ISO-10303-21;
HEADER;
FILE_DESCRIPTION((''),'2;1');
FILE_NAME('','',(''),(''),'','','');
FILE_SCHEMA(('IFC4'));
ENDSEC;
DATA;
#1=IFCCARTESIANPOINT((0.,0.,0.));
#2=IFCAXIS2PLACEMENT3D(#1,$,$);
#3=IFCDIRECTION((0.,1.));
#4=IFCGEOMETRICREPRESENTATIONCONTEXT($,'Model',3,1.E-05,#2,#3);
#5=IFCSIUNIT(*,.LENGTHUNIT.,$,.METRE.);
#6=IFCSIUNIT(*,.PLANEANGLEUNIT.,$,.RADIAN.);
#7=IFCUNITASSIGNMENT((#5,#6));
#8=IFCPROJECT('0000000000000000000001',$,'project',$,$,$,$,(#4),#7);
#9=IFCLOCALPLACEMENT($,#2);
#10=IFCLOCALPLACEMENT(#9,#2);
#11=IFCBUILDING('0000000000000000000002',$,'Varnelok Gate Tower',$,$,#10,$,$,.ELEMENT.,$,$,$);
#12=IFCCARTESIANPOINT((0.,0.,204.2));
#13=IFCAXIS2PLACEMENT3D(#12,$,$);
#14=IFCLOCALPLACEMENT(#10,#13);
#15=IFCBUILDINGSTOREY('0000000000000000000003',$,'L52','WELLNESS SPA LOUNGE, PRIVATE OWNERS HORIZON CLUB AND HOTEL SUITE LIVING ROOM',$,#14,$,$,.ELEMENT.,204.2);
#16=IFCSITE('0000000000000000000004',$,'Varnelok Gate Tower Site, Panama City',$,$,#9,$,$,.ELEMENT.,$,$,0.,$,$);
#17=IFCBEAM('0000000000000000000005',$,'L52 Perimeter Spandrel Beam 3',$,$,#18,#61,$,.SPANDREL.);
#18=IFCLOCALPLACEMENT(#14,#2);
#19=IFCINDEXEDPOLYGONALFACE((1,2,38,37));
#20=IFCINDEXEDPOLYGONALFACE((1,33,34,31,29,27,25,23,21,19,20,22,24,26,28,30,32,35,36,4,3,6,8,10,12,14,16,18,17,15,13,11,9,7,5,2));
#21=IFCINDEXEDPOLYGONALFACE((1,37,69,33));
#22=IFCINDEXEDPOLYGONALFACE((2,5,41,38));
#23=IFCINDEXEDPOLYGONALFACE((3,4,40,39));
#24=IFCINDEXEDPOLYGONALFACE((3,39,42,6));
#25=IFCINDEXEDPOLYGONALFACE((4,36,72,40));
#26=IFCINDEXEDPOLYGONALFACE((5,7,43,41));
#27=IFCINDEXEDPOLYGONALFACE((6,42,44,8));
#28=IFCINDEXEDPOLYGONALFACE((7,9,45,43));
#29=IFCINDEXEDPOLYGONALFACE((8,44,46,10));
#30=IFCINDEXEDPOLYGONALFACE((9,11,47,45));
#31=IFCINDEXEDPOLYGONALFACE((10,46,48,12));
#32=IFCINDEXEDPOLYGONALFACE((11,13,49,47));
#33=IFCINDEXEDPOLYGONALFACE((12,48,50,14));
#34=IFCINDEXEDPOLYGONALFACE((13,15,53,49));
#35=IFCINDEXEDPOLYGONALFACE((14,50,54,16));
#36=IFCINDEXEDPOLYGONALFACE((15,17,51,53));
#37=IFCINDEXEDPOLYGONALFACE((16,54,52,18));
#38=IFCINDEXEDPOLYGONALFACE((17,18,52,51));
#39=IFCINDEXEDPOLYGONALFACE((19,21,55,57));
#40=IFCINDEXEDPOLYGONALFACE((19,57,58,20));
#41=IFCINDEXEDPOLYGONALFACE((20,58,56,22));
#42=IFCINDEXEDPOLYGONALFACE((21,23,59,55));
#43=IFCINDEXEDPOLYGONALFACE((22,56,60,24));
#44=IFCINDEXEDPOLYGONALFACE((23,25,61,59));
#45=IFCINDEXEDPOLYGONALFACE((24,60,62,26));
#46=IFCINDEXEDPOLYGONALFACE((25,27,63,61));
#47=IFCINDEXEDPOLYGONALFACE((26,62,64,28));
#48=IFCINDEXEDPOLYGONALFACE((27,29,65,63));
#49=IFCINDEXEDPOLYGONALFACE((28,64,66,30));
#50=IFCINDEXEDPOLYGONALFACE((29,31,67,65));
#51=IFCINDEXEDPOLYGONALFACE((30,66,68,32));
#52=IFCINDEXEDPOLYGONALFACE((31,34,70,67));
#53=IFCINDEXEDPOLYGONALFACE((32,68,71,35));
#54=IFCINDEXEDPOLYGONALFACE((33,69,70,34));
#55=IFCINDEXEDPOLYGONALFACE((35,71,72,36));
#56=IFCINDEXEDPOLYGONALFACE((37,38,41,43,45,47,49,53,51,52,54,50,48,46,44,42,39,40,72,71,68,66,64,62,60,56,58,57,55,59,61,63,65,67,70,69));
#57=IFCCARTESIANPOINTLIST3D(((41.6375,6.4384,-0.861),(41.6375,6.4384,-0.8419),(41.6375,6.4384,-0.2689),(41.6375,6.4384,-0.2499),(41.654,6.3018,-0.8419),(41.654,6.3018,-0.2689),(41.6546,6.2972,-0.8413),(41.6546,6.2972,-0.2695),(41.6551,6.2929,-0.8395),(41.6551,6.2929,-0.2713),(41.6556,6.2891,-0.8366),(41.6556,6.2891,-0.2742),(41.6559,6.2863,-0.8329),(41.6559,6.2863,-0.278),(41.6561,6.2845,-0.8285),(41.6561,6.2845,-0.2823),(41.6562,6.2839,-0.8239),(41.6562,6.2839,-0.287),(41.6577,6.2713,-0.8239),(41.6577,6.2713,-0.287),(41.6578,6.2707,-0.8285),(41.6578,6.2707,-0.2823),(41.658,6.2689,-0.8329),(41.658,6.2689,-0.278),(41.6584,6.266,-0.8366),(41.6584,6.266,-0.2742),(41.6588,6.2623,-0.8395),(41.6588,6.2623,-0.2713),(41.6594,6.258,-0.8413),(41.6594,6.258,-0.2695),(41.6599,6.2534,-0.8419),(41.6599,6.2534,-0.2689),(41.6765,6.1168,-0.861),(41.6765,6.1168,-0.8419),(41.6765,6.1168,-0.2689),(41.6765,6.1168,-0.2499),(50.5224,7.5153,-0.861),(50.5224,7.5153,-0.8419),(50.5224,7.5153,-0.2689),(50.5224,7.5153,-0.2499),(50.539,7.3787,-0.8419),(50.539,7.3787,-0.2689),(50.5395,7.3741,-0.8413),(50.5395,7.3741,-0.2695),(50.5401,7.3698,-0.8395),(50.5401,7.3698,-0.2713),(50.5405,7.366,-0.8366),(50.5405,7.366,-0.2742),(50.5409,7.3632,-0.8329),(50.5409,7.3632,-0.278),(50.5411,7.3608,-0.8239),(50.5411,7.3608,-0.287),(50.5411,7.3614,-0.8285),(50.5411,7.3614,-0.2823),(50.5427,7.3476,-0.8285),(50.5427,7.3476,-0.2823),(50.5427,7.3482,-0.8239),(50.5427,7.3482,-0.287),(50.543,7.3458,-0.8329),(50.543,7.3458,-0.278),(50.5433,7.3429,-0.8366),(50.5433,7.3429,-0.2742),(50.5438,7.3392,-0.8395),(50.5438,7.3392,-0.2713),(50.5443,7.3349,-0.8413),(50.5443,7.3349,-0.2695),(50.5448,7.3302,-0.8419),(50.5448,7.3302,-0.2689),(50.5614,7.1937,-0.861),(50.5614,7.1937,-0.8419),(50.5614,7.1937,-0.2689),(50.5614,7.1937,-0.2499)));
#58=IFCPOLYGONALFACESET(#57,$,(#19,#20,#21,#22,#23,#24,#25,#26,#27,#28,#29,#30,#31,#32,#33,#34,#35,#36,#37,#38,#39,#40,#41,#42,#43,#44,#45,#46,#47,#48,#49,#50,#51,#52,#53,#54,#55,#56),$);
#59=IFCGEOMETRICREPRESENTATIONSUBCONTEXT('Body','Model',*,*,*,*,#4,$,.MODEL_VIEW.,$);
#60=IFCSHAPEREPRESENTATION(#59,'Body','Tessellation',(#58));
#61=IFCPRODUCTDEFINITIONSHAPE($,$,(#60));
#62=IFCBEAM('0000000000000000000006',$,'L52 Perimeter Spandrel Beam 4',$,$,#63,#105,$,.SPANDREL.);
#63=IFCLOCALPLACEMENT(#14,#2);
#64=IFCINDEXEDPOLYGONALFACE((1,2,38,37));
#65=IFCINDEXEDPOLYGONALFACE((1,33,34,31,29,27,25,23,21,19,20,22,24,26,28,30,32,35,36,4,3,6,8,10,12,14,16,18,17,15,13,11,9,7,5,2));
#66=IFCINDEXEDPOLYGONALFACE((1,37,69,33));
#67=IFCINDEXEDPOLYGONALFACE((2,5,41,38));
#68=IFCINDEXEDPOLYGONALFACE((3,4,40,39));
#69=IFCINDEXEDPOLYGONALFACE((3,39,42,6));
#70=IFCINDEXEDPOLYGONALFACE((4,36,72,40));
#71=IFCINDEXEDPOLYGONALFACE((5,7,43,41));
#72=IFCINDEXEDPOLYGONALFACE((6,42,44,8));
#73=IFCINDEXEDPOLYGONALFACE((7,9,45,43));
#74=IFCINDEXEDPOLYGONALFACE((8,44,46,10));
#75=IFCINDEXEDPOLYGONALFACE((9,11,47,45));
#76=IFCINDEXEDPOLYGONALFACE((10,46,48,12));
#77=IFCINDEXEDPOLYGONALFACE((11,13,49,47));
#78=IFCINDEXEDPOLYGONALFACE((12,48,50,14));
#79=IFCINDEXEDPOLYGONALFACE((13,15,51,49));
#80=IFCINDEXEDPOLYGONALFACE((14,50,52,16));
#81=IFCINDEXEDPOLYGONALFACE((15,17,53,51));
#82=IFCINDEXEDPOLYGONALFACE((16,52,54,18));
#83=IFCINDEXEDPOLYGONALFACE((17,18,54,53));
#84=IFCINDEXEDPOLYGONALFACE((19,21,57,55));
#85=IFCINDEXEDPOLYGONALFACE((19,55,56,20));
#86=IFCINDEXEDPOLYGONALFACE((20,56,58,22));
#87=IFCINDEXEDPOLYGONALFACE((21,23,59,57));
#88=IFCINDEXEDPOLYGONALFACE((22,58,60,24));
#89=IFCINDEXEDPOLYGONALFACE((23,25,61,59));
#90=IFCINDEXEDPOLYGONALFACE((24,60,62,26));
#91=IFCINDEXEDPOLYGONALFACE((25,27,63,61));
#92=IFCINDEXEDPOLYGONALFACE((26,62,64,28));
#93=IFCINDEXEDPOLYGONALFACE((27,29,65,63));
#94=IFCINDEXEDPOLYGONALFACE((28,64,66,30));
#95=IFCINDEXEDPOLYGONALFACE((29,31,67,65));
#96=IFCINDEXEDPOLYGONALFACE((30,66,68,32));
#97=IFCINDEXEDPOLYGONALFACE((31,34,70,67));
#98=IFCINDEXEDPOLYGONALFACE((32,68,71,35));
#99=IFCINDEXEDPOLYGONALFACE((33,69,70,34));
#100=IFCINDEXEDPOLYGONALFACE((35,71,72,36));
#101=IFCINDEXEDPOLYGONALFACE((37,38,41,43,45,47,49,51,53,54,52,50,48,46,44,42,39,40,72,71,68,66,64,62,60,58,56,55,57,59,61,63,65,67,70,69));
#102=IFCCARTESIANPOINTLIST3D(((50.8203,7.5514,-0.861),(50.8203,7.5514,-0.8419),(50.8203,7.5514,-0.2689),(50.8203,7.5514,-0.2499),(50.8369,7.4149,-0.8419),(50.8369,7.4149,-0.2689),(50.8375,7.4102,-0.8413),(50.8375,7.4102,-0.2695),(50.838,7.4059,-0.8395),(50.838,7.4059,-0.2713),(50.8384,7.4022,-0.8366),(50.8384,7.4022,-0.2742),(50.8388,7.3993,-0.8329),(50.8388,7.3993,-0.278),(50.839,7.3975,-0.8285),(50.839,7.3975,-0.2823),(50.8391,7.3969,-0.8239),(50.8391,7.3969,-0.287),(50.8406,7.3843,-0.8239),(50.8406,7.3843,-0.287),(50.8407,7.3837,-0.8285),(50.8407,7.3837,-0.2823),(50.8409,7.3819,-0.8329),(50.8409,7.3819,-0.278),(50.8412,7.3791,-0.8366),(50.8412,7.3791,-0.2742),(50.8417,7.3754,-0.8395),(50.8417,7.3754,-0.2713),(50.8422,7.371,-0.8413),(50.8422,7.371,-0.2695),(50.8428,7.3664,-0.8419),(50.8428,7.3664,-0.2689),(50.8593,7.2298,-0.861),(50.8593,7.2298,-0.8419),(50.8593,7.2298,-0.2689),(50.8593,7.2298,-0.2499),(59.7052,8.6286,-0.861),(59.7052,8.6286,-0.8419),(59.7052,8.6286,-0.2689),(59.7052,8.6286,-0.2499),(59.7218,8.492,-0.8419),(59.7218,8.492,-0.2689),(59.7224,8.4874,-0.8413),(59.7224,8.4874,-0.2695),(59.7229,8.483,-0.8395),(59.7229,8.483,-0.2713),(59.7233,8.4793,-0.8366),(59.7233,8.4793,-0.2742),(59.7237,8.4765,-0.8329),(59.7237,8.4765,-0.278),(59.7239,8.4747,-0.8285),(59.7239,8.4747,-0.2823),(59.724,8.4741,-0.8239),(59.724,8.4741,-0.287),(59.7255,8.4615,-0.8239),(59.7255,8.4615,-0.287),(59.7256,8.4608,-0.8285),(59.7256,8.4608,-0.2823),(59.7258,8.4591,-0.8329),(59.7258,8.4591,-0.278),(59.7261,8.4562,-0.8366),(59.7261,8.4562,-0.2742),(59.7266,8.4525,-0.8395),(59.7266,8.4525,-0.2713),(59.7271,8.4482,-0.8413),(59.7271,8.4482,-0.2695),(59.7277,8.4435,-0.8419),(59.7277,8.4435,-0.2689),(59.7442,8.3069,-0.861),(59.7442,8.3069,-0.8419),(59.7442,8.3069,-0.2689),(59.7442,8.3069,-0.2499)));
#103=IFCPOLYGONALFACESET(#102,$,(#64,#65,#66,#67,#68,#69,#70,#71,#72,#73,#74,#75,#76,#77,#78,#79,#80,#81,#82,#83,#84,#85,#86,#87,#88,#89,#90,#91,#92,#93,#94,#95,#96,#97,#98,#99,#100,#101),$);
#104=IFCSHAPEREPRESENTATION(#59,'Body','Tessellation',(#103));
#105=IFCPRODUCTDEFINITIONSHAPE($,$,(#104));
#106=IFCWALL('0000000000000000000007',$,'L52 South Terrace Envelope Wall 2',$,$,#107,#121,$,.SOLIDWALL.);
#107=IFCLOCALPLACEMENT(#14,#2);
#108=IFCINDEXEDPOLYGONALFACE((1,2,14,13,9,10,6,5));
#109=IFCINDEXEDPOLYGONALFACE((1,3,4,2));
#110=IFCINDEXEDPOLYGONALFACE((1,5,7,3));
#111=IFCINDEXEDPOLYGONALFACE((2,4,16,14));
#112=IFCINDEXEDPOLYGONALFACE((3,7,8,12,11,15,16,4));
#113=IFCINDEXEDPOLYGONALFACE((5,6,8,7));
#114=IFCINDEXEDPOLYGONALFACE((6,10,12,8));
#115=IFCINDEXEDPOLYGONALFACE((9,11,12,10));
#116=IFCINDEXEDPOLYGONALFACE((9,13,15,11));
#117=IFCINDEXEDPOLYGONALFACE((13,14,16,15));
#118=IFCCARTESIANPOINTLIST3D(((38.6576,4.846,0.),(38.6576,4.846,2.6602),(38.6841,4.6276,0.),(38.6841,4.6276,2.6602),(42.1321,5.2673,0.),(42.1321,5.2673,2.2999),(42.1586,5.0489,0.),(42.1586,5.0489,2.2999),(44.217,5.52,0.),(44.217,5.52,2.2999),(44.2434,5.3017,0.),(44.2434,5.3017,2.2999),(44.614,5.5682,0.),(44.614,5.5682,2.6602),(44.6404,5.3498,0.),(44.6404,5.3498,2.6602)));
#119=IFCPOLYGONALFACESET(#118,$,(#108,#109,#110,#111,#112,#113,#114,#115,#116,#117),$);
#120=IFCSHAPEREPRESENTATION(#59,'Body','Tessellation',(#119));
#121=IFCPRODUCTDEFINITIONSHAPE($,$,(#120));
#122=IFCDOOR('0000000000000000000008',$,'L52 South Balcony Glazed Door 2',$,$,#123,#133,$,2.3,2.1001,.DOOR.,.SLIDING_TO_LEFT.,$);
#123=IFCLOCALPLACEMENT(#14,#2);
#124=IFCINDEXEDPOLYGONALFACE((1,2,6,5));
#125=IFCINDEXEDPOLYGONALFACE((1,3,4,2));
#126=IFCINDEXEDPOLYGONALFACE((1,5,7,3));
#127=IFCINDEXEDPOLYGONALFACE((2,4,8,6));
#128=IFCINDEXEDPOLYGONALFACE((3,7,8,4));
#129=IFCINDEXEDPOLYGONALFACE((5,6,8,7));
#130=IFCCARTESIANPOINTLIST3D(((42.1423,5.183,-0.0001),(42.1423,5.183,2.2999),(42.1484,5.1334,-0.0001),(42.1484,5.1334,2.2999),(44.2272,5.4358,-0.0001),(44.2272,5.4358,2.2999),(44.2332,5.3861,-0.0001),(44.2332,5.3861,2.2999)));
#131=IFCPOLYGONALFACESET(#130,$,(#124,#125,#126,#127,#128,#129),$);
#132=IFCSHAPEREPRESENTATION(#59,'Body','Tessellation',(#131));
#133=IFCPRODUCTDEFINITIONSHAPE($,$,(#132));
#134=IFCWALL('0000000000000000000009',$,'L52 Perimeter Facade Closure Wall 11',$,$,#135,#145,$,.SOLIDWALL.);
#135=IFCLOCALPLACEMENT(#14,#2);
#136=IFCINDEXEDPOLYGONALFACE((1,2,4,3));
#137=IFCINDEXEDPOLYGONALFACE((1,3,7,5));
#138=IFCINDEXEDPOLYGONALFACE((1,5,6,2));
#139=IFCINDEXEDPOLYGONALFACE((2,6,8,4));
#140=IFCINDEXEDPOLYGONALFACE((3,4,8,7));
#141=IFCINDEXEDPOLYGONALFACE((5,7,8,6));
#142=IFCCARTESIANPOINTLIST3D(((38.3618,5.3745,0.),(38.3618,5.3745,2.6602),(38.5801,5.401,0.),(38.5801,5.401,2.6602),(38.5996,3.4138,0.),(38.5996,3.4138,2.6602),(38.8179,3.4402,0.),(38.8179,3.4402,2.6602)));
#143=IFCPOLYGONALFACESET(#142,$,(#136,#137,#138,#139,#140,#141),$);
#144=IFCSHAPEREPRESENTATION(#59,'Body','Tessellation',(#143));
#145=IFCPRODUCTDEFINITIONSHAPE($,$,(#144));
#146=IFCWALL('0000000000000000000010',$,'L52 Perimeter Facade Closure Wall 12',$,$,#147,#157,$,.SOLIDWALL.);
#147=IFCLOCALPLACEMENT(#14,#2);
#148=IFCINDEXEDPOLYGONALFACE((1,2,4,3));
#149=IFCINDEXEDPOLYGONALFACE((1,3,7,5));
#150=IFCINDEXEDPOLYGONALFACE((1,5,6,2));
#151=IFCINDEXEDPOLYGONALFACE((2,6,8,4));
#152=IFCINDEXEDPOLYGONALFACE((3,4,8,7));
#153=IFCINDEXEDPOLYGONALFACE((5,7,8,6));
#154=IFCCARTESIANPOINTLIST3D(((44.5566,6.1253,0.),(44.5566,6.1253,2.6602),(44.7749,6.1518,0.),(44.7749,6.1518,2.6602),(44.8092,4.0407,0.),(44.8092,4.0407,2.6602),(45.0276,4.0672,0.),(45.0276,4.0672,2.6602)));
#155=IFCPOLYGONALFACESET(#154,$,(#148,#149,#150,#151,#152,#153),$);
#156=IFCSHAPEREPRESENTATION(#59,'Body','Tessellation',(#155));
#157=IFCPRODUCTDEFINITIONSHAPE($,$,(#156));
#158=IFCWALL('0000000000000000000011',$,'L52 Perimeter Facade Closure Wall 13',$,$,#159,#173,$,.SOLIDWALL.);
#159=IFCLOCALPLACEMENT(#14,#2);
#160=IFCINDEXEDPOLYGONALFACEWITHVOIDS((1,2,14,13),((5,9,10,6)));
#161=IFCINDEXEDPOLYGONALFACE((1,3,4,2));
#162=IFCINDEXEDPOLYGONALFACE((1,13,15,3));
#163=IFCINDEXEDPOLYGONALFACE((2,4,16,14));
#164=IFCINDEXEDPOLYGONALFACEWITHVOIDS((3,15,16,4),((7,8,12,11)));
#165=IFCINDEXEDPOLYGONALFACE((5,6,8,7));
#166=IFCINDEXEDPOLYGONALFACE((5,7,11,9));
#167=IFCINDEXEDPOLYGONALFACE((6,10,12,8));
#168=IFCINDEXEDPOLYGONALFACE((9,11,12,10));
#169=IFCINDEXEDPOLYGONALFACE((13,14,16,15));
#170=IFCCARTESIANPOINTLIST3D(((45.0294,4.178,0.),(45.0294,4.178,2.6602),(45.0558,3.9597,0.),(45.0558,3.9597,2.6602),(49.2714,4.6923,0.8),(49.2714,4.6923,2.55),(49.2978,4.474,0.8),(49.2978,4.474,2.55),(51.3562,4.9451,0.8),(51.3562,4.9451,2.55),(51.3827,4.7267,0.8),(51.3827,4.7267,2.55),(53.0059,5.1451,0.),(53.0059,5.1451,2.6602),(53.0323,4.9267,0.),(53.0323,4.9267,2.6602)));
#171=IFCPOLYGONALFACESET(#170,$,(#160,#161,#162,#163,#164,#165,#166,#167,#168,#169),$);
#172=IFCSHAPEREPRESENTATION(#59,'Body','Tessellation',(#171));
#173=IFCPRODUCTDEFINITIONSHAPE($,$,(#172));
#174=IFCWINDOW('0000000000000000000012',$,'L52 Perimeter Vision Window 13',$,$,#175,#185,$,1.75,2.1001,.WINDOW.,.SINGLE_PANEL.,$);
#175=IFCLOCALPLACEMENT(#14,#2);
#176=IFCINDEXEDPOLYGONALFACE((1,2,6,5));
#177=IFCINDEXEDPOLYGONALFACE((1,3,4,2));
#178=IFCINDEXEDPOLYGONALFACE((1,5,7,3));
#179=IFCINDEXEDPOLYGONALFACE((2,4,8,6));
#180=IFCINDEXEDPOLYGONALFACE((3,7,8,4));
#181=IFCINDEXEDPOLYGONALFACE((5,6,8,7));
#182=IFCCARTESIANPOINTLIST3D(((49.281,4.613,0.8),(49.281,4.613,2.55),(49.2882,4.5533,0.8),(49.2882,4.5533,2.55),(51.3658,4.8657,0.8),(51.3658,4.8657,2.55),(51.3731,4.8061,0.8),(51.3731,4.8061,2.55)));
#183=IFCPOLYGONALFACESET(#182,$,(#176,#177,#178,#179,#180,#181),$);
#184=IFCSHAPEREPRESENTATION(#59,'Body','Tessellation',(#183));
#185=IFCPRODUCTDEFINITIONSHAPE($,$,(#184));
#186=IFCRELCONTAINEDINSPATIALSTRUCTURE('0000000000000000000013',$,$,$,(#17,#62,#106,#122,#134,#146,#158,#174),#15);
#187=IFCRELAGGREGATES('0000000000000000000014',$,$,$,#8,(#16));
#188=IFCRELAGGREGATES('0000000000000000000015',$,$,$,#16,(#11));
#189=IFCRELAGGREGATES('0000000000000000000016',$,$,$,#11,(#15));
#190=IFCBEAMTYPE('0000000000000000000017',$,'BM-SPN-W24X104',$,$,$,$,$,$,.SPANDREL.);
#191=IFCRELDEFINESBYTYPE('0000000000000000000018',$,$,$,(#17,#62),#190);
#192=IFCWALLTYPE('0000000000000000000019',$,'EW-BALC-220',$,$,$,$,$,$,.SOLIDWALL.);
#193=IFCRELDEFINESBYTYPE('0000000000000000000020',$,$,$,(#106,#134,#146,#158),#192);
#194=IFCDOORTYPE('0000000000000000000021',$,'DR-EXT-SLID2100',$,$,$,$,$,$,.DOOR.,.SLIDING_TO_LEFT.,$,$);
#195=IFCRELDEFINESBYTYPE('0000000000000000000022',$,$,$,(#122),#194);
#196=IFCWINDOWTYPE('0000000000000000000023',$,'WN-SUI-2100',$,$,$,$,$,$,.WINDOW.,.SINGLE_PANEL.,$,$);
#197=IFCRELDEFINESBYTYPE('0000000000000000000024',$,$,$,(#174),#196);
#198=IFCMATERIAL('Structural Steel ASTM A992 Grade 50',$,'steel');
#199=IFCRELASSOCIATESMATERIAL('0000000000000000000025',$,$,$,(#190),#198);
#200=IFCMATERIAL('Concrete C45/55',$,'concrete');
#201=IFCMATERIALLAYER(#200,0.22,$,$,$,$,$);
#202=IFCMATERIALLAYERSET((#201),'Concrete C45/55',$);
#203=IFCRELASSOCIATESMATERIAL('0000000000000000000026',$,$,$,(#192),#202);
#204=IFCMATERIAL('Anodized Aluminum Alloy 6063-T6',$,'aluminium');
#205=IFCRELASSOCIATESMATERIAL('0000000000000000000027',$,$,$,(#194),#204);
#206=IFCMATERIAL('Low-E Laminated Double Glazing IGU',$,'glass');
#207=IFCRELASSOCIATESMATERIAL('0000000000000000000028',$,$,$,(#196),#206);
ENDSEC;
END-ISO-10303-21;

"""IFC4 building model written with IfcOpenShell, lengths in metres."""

from ifc_helpers import new_model, si_unit, direction, frame, frame_2d, origin, origin_2d, place, context, subcontext, project, spatial, rectangle, i_section, extrude, material, layer, layer_set, material_profile, profile_set, type_object, element, fill, save


model = new_model("IFC4")

# Units and contexts
model_context = context("Model", 3, precision=1e-05, world=origin(), true_north=direction((0.0, 1.0)))
body_context = subcontext(model_context, "Body", "Model", "MODEL_VIEW")
ifc_project = project(units=[si_unit("LENGTHUNIT", "METRE"), si_unit("PLANEANGLEUNIT", "RADIAN")], contexts=[model_context])

# Site, building, storey
site_placement = place(None, origin())
site = spatial("IfcSite", under=ifc_project, at=site_placement, Name="Varnelok Gate Tower Site, Panama City", CompositionType="ELEMENT", RefElevation=0.0)
building_placement = place(site_placement, origin())
building = spatial("IfcBuilding", under=site, at=building_placement, Name="Varnelok Gate Tower", CompositionType="ELEMENT")
storey_placement = place(building_placement, frame((0.0, 0.0, 204.2)))
storey = spatial("IfcBuildingStorey", under=building, at=storey_placement, Name="L52", Description="WELLNESS SPA LOUNGE, PRIVATE OWNERS HORIZON CLUB AND HOTEL SUITE LIVING ROOM", CompositionType="ELEMENT", Elevation=204.2)

# Shared definitions
ifc_material_1 = material(Name="Structural Steel ASTM A992 Grade 50", Category="steel")

# Beams
ifc_material_profile_1 = material_profile(ifc_material_1, i_section(OverallWidth=0.324, OverallDepth=0.6111, WebThickness=0.0127, FlangeThickness=0.019, FilletRadius=0.0181, at=origin_2d()), Name="W24X104")
ifc_profile_set_1 = profile_set([ifc_material_profile_1], Name="Structural Steel ASTM A992 Grade 50")
beam_type_1 = type_object("IfcBeamType", Name="BM-SPN-W24X104", PredefinedType="SPANDREL", material=ifc_profile_set_1)
for number, where, z_axis, x_axis, name in (
    (1, (41.657, 6.2776, -0.5554), (0.992735, 0.120324, 0.0), (-0.120324, 0.992735, 0.0), "L52 Perimeter Spandrel Beam 3"),
    (2, (50.8398, 7.3906, -0.5554), (0.992731, 0.120351, 0.0), (-0.120351, 0.992731, 0.0), "L52 Perimeter Spandrel Beam 4"),
):
    element("IfcBeam", number, at=place(storey_placement, frame(where, z_axis=z_axis, x_axis=x_axis)), inside=storey, type_object=beam_type_1, Name=name, PredefinedType="SPANDREL", context=body_context, shape_type="SweptSolid", body=[
        extrude(i_section(OverallWidth=0.324, OverallDepth=0.6111, WebThickness=0.0127, FlangeThickness=0.019, FilletRadius=0.0181, at=origin_2d()), origin(), (0.0, 0.0, 1.0), 8.95),
    ])

# Wall, opening, door
ifc_material_2 = material(Name="Concrete C45/55", Category="concrete")
ifc_layer_1 = layer(ifc_material_2, 0.22)
ifc_layer_set_1 = layer_set([ifc_layer_1], Name="Concrete C45/55")
wall_type_1 = type_object("IfcWallType", Name="EW-BALC-220", PredefinedType="SOLIDWALL", material=ifc_layer_set_1)
wall_1_placement = place(storey_placement, frame((44.6272, 5.459, 0.0), z_axis=(0.0, 0.0, 1.0), x_axis=(-0.99273, -0.120363, 0.0)))
wall_1 = element("IfcWall", 3, at=wall_1_placement, inside=storey, type_object=wall_type_1, Name="L52 South Terrace Envelope Wall 2", PredefinedType="SOLIDWALL", context=body_context, shape_type="SweptSolid", body=[
    extrude(rectangle(XDim=6.0, YDim=0.22, at=frame_2d((3.0, 0.0))), origin(), (0.0, 0.0, 1.0), 2.6602),
])
opening_1_placement = place(wall_1_placement, frame((0.3999, 0.0, 0.0)))
opening_1 = element("IfcOpeningElement", 4, at=opening_1_placement, cuts=wall_1, PredefinedType="OPENING", context=body_context, shape_type="SweptSolid", body=[
    extrude(rectangle(XDim=2.1001, YDim=2.3, at=frame_2d((1.05, 1.1499))), frame((0.0, 0.1199, 0.0), z_axis=(0.0, -1.0, 0.0), x_axis=(1.0, 0.0, 0.0)), (0.0, 0.0, 1.0), 0.24),
])
ifc_material_3 = material(Name="Anodized Aluminum Alloy 6063-T6", Category="aluminium")
door_type_1 = type_object("IfcDoorType", Name="DR-EXT-SLID2100", OperationType="SLIDING_TO_LEFT", PredefinedType="DOOR", material=ifc_material_3)
door_1_placement = place(opening_1_placement, origin())
door_1 = element("IfcDoor", 5, at=door_1_placement, inside=storey, type_object=door_type_1, Name="L52 South Balcony Glazed Door 2", OperationType="SLIDING_TO_LEFT", OverallHeight=2.3, OverallWidth=2.1001, PredefinedType="DOOR", context=body_context, shape_type="SweptSolid", body=[
    extrude(rectangle(XDim=2.1001, YDim=2.3, at=frame_2d((1.05, 1.1499))), frame((0.0, 0.0249, 0.0), z_axis=(0.0, -1.0, 0.0), x_axis=(1.0, 0.0, 0.0)), (0.0, 0.0, 1.0), 0.05),
])
fill(opening_1, door_1)

# Walls
wall_2_placement = place(storey_placement, frame((38.7087, 3.427, 0.0), z_axis=(0.0, 0.0, 1.0), x_axis=(-0.120398, 0.992726, 0.0)))
element("IfcWall", 6, at=wall_2_placement, inside=storey, type_object=wall_type_1, Name="L52 Perimeter Facade Closure Wall 11", PredefinedType="SOLIDWALL", context=body_context, shape_type="SweptSolid", body=[
    extrude(rectangle(XDim=1.9751, YDim=0.22, at=frame_2d((0.9875, 0.0))), origin(), (0.0, 0.0, 1.0), 2.6602),
])
wall_3_placement = place(storey_placement, frame((44.6658, 6.1384, 0.0), z_axis=(0.0, 0.0, 1.0), x_axis=(0.120328, -0.992734, 0.0)))
element("IfcWall", 7, at=wall_3_placement, inside=storey, type_object=wall_type_1, Name="L52 Perimeter Facade Closure Wall 12", PredefinedType="SOLIDWALL", context=body_context, shape_type="SweptSolid", body=[
    extrude(rectangle(XDim=2.0999, YDim=0.22, at=frame_2d((1.0498, 0.0))), origin(), (0.0, 0.0, 1.0), 2.6602),
])

# Wall, opening, window
wall_4_placement = place(storey_placement, frame((45.0425, 4.0688, 0.0), z_axis=(0.0, 0.0, 1.0), x_axis=(0.992731, 0.120354, 0.0)))
wall_4 = element("IfcWall", 8, at=wall_4_placement, inside=storey, type_object=wall_type_1, Name="L52 Perimeter Facade Closure Wall 13", PredefinedType="SOLIDWALL", context=body_context, shape_type="SweptSolid", body=[
    extrude(rectangle(XDim=8.0349, YDim=0.22, at=frame_2d((4.0176, 0.0))), origin(), (0.0, 0.0, 1.0), 2.6602),
])
opening_2_placement = place(wall_4_placement, frame((4.2732, 0.0, 0.8)))
opening_2 = element("IfcOpeningElement", 9, at=opening_2_placement, cuts=wall_4, PredefinedType="OPENING", context=body_context, shape_type="SweptSolid", body=[
    extrude(rectangle(XDim=2.1001, YDim=1.75, at=frame_2d((1.05, 0.875))), frame((0.0, 0.1199, 0.0), z_axis=(0.0, -1.0, 0.0), x_axis=(1.0, 0.0, 0.0)), (0.0, 0.0, 1.0), 0.24),
])
ifc_material_4 = material(Name="Low-E Laminated Double Glazing IGU", Category="glass")
window_type = type_object("IfcWindowType", Name="WN-SUI-2100", PartitioningType="SINGLE_PANEL", PredefinedType="WINDOW", material=ifc_material_4)
window_placement = place(opening_2_placement, origin())
window = element("IfcWindow", 10, at=window_placement, inside=storey, type_object=window_type, Name="L52 Perimeter Vision Window 13", OverallHeight=1.75, OverallWidth=2.1001, PartitioningType="SINGLE_PANEL", PredefinedType="WINDOW", context=body_context, shape_type="SweptSolid", body=[
    extrude(rectangle(XDim=2.1001, YDim=1.75, at=frame_2d((1.05, 0.875))), frame((0.0, 0.03, 0.0), z_axis=(0.0, -1.0, 0.0), x_axis=(1.0, 0.0, 0.0)), (0.0, 0.0, 1.0), 0.0601),
])
fill(opening_2, window)

save(model, "model.ifc")
